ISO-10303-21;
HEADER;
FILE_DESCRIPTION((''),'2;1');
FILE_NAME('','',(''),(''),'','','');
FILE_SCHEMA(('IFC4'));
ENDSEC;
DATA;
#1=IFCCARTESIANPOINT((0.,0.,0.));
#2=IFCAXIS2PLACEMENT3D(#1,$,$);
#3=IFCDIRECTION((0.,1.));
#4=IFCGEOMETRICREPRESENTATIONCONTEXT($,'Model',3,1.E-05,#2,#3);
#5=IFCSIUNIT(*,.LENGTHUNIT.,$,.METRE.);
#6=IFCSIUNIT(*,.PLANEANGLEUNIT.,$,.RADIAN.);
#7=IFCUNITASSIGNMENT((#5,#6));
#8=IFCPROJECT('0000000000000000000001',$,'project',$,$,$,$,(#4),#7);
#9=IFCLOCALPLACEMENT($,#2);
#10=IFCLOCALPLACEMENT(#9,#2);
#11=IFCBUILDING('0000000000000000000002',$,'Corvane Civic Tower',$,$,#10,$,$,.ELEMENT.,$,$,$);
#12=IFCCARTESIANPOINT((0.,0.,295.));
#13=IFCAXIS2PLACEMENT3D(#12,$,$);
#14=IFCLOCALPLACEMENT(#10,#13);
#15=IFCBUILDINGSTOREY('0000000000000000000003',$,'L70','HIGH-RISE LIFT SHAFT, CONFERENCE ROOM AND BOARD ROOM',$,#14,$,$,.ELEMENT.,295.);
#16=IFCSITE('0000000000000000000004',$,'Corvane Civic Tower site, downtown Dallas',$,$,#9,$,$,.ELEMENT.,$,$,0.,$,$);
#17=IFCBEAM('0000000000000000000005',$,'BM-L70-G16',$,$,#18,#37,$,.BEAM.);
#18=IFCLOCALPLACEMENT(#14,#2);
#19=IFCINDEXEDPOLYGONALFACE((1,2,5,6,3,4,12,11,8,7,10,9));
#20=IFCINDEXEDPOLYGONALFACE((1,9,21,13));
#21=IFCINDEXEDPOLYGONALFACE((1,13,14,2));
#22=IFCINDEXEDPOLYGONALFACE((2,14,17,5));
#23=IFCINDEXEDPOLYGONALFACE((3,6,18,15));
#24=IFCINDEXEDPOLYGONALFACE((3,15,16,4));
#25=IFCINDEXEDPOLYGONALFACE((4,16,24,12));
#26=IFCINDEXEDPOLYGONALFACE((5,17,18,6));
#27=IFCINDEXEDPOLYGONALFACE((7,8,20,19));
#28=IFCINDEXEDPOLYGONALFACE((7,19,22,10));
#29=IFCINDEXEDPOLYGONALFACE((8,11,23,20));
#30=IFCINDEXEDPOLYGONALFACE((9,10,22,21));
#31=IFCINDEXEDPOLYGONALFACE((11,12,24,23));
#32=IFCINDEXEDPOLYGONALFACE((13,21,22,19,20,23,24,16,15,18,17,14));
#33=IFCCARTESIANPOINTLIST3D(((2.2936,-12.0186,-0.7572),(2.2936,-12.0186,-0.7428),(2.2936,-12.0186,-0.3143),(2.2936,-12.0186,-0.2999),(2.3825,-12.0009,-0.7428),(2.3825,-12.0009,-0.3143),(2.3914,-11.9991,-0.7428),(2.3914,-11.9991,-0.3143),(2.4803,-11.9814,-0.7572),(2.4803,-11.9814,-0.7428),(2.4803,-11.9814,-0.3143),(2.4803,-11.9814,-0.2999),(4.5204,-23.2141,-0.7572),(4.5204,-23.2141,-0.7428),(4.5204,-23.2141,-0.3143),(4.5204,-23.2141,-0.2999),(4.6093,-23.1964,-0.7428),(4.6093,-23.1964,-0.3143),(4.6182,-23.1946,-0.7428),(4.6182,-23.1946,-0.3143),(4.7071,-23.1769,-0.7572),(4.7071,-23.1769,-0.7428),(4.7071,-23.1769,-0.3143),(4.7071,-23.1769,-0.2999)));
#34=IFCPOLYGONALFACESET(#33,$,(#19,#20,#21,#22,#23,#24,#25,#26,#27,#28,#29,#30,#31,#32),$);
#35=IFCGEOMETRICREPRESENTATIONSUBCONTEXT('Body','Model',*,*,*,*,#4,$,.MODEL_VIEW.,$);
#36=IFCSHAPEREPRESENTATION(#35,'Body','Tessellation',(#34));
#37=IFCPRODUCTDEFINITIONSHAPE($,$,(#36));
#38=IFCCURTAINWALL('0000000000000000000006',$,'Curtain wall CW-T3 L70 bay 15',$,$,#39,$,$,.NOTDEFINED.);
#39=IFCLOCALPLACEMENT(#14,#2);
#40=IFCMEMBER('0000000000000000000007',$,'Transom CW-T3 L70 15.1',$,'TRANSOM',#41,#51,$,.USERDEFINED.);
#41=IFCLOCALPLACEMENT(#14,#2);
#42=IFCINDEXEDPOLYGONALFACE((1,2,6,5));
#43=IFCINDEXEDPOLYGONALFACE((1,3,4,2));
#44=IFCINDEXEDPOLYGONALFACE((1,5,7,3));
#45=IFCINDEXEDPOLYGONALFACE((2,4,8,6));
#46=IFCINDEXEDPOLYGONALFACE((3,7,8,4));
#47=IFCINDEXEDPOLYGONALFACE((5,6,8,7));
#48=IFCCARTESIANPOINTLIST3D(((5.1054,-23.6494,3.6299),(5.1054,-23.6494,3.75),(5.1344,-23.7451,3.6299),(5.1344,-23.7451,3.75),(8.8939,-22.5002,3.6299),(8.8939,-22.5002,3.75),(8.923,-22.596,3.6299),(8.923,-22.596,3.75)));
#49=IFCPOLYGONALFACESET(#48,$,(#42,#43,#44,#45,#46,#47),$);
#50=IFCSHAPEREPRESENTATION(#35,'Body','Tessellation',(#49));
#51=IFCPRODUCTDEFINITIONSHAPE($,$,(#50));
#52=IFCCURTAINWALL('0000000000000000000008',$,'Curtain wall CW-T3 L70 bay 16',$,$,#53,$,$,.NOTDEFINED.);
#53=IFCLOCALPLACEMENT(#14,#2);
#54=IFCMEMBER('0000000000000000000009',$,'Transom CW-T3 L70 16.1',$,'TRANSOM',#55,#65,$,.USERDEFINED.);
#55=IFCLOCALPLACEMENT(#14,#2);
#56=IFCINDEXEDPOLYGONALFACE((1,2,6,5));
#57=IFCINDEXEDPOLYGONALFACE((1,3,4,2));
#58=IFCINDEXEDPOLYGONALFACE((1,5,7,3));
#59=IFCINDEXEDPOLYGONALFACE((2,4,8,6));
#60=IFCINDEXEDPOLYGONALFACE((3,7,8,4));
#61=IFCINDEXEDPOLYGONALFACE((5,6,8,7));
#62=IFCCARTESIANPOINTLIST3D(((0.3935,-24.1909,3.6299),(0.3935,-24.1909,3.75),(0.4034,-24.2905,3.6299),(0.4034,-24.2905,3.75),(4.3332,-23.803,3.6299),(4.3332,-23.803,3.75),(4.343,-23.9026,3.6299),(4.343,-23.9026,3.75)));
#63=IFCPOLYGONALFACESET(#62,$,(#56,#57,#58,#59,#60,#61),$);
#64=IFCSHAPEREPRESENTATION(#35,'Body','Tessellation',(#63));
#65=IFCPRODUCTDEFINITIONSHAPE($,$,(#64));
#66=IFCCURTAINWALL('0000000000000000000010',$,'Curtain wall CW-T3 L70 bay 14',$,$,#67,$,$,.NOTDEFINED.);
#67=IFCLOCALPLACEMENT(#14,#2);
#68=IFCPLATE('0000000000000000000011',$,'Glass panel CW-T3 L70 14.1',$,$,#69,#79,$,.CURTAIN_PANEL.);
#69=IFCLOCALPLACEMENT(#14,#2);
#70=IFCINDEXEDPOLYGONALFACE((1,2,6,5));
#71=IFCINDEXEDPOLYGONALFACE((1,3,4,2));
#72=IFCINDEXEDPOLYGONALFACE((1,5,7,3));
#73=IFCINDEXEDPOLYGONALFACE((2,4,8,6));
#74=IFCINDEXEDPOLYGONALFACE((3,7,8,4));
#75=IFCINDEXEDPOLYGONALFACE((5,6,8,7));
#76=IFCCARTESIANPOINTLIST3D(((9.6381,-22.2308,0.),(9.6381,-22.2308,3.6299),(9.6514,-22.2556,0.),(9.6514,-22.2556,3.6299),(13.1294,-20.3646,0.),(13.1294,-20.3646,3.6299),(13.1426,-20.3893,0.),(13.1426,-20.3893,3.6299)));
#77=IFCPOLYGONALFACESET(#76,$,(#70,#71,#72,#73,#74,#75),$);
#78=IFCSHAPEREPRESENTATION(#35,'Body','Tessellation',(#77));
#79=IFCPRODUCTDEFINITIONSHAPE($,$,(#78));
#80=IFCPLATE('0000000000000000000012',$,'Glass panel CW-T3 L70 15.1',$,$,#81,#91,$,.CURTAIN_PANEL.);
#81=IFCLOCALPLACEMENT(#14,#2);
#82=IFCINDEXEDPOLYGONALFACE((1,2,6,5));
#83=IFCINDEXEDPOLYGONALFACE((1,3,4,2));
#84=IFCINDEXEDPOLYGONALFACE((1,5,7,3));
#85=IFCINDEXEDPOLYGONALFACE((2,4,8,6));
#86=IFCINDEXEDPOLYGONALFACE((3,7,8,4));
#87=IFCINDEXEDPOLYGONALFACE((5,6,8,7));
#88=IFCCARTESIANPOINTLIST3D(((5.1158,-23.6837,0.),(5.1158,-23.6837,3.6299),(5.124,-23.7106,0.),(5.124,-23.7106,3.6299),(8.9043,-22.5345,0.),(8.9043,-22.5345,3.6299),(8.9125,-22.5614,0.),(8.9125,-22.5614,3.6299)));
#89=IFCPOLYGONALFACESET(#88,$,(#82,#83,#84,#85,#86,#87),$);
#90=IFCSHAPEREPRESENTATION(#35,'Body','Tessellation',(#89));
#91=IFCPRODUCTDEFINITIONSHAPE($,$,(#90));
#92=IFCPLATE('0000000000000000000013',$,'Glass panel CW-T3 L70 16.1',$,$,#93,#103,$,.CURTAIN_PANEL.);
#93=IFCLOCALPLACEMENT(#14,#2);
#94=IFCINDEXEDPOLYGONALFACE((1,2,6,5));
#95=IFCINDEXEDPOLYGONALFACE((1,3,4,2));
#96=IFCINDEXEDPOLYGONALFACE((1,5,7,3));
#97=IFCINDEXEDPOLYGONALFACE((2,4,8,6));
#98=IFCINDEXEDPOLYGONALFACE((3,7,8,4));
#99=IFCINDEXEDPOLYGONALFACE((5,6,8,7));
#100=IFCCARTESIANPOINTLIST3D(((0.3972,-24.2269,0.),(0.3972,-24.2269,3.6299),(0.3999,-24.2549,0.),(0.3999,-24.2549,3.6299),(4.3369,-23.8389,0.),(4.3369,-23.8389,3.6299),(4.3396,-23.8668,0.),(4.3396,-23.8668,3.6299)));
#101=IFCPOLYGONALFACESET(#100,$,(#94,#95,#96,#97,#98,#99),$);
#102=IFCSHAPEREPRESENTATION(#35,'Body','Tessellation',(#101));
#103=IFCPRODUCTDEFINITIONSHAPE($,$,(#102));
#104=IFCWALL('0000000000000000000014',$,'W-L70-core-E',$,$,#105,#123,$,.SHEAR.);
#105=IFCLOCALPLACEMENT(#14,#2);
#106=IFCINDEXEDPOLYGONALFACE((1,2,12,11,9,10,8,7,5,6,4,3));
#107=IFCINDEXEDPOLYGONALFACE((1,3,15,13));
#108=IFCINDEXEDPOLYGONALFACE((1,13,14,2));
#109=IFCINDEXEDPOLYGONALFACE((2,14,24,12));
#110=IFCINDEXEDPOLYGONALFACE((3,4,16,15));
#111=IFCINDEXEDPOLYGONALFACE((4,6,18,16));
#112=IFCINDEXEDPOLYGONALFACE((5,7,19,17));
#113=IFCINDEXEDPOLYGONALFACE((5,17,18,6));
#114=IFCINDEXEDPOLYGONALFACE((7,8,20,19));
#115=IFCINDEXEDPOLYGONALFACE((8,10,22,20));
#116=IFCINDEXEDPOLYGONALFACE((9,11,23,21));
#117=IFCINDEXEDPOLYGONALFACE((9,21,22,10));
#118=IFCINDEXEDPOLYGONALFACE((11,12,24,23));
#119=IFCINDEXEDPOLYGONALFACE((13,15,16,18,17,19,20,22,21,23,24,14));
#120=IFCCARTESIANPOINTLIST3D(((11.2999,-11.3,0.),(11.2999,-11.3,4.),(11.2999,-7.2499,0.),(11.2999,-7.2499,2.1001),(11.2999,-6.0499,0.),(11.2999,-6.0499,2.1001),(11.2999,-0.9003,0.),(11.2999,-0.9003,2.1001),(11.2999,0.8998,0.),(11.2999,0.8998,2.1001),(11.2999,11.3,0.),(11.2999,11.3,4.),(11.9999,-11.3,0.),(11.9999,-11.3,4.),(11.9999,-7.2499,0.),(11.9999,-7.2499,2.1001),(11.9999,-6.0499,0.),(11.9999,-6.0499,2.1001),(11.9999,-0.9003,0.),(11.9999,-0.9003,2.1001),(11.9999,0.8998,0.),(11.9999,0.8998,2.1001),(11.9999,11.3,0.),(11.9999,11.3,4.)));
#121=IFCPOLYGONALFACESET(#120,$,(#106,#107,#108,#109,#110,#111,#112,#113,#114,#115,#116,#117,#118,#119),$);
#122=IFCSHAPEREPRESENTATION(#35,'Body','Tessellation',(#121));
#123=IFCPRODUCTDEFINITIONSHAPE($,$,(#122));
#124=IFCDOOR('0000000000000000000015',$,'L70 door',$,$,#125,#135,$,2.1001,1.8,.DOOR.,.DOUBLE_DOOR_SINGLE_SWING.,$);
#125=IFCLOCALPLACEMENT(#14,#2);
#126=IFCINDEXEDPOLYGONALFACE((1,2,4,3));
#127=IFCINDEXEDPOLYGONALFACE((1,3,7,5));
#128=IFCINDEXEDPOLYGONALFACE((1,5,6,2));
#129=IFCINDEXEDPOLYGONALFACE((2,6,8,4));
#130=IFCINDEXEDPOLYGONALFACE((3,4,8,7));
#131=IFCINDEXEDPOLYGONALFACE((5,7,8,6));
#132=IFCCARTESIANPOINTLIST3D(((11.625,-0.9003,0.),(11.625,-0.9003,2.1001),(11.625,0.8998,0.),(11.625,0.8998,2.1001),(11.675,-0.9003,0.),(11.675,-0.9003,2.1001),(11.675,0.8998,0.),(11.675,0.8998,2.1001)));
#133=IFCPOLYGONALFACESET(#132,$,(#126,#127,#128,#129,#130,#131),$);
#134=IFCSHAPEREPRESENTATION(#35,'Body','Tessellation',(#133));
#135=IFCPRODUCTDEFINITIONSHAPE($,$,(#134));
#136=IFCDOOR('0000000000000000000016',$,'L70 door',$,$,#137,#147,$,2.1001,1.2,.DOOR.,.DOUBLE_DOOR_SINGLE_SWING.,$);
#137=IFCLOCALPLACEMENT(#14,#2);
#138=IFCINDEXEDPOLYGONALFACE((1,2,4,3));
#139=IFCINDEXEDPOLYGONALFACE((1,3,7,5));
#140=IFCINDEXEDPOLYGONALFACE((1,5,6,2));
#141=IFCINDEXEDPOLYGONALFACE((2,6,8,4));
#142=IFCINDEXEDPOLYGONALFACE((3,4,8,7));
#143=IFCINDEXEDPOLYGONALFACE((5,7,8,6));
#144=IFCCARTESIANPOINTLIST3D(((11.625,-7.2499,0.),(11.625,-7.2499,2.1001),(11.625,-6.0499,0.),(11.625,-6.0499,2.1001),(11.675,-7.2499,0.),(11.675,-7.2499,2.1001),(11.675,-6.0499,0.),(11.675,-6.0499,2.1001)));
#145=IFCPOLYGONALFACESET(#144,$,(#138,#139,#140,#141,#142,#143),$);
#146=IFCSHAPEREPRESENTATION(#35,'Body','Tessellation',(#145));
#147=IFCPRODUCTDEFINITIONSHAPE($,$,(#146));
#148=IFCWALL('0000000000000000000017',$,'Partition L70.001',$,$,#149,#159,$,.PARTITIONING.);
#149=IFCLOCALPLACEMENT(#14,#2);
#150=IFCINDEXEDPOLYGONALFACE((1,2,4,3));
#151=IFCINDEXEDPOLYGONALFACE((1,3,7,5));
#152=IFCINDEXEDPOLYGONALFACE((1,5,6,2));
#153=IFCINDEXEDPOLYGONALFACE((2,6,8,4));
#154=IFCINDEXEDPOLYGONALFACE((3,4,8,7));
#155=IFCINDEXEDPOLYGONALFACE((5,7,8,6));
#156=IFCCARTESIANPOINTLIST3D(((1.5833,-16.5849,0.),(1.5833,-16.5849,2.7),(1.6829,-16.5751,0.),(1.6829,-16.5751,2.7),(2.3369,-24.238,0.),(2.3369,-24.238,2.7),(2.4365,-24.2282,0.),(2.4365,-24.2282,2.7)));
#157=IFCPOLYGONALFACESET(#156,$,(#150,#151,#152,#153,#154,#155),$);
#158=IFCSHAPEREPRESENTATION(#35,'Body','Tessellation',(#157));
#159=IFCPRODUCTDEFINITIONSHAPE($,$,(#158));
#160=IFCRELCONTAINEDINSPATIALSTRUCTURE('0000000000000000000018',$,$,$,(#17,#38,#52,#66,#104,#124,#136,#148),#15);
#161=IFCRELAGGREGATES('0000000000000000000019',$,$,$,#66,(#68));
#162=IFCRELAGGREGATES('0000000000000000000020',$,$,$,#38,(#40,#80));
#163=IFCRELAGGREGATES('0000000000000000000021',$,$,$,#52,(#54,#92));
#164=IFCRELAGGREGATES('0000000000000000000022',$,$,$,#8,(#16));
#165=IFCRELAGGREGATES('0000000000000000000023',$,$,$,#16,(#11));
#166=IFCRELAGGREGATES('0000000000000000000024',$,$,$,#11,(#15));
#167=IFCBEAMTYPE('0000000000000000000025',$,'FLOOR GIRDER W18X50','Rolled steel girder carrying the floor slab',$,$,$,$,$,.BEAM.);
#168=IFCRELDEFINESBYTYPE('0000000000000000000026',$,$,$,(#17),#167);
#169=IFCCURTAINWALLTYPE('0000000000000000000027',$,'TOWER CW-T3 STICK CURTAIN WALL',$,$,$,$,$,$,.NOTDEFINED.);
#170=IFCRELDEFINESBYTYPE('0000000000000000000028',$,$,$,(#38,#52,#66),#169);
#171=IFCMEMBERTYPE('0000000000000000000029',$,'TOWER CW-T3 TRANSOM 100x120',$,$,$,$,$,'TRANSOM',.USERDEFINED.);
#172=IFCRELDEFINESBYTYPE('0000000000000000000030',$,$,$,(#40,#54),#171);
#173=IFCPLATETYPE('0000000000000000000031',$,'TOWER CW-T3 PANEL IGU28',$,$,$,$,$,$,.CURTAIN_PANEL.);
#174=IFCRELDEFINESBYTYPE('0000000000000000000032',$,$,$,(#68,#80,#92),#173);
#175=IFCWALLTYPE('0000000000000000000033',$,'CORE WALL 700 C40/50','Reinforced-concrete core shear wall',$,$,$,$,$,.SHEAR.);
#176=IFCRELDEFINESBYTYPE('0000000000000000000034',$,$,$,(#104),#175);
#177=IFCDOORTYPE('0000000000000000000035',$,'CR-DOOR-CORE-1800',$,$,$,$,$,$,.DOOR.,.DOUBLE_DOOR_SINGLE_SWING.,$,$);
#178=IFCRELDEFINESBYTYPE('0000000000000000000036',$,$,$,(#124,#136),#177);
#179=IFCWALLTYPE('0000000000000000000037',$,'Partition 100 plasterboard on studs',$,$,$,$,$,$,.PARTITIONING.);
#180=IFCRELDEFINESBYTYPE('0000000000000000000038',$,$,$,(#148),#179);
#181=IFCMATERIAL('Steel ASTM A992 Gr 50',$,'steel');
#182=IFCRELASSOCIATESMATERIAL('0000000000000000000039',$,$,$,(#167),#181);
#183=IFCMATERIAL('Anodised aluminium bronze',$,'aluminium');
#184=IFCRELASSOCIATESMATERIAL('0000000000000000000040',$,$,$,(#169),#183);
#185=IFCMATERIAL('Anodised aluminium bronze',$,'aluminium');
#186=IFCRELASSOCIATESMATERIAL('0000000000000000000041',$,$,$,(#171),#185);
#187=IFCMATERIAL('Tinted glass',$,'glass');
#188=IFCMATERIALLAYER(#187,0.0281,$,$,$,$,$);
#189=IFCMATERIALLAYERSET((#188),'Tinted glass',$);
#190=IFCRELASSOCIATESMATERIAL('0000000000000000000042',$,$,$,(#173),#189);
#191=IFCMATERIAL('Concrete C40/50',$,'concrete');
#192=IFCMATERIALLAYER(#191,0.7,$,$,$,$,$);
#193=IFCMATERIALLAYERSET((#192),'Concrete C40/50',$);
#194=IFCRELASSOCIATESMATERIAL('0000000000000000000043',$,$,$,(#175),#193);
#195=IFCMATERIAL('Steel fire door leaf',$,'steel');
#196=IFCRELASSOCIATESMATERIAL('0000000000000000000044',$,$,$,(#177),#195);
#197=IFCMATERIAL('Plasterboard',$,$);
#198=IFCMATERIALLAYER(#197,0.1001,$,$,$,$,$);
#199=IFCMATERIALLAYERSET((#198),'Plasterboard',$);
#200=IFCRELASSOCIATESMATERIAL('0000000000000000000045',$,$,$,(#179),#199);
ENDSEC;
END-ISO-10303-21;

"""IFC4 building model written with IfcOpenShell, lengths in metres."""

from ifc_helpers import new_model, si_unit, direction, frame, frame_2d, origin, origin_2d, place, context, subcontext, project, spatial, rectangle, i_section, extrude, material, layer, layer_set, material_profile, profile_set, type_object, element, fill, aggregate, save


model = new_model("IFC4")

# Units and contexts
model_context = context("Model", 3, precision=1e-05, world=origin(), true_north=direction((0.0, 1.0)))
body_context = subcontext(model_context, "Body", "Model", "MODEL_VIEW")
ifc_project = project(units=[si_unit("LENGTHUNIT", "METRE"), si_unit("PLANEANGLEUNIT", "RADIAN")], contexts=[model_context])

# Site, building, storey
site_placement = place(None, origin())
site = spatial("IfcSite", under=ifc_project, at=site_placement, Name="Corvane Civic Tower site, downtown Dallas", CompositionType="ELEMENT", RefElevation=0.0)
building_placement = place(site_placement, origin())
building = spatial("IfcBuilding", under=site, at=building_placement, Name="Corvane Civic Tower", CompositionType="ELEMENT")
storey_placement = place(building_placement, frame((0.0, 0.0, 295.0)))
storey = spatial("IfcBuildingStorey", under=building, at=storey_placement, Name="L70", Description="HIGH-RISE LIFT SHAFT, CONFERENCE ROOM AND BOARD ROOM", CompositionType="ELEMENT", Elevation=295.0)

# Beam
ifc_material_1 = material(Name="Steel ASTM A992 Gr 50", Category="steel")
ifc_material_profile_1 = material_profile(ifc_material_1, i_section(OverallWidth=0.1904, OverallDepth=0.4573, WebThickness=0.009, FlangeThickness=0.0144, at=origin_2d()), Name="W18X50")
ifc_profile_set_1 = profile_set([ifc_material_profile_1], Name="Steel ASTM A992 Gr 50")
beam_type_1 = type_object("IfcBeamType", Name="FLOOR GIRDER W18X50", Description="Rolled steel girder carrying the floor slab", PredefinedType="BEAM", material=ifc_profile_set_1)
beam_1_placement = place(storey_placement, frame((2.387, -12.0, -0.5286), z_axis=(0.19508, -0.980787, 0.0), x_axis=(0.980787, 0.19508, 0.0)))
element("IfcBeam", 1, at=beam_1_placement, inside=storey, type_object=beam_type_1, Name="BM-L70-G16", PredefinedType="BEAM", context=body_context, shape_type="SweptSolid", body=[
    extrude(i_section(OverallWidth=0.1904, OverallDepth=0.4573, WebThickness=0.009, FlangeThickness=0.0144, at=origin_2d()), origin(), (0.0, 0.0, 1.0), 11.4148),
])

# Curtain walls, members
ifc_material_2 = material(Name="Anodised aluminium bronze", Category="aluminium")
curtain_wall_type = type_object("IfcCurtainWallType", Name="TOWER CW-T3 STICK CURTAIN WALL", PredefinedType="NOTDEFINED", material=ifc_material_2)
curtain_wall_1_placement = place(storey_placement, origin())
curtain_wall_1 = element("IfcCurtainWall", 2, at=curtain_wall_1_placement, inside=storey, type_object=curtain_wall_type, Name="Curtain wall CW-T3 L70 bay 15", PredefinedType="NOTDEFINED")
ifc_material_3 = material(Name="Anodised aluminium bronze", Category="aluminium")
ifc_material_profile_2 = material_profile(ifc_material_3, rectangle(XDim=0.1001, YDim=0.1201, at=origin_2d()), Name="TOWER CW-T3 TRANSOM 100x120")
ifc_profile_set_2 = profile_set([ifc_material_profile_2], Name="Anodised aluminium bronze")
member_type = type_object("IfcMemberType", Name="TOWER CW-T3 TRANSOM 100x120", ElementType="TRANSOM", PredefinedType="USERDEFINED", material=ifc_profile_set_2)
member_1_placement = place(storey_placement, frame((8.9084, -22.5481, 3.6899), z_axis=(-0.956946, -0.290266, 0.0), x_axis=(0.290266, -0.956946, 0.0)))
member_1 = element("IfcMember", 3, at=member_1_placement, type_object=member_type, Name="Transom CW-T3 L70 15.1", ObjectType="TRANSOM", PredefinedType="USERDEFINED", context=body_context, shape_type="SweptSolid", body=[
    extrude(rectangle(XDim=0.1001, YDim=0.1201, at=origin_2d()), origin(), (0.0, 0.0, 1.0), 3.959),
])
curtain_wall_2_placement = place(storey_placement, origin())
curtain_wall_2 = element("IfcCurtainWall", 4, at=curtain_wall_2_placement, inside=storey, type_object=curtain_wall_type, Name="Curtain wall CW-T3 L70 bay 16", PredefinedType="NOTDEFINED")
member_2_placement = place(storey_placement, frame((4.3381, -23.8528, 3.6899), z_axis=(-0.995187, -0.097995, 0.0), x_axis=(0.097995, -0.995187, 0.0)))
member_2 = element("IfcMember", 5, at=member_2_placement, type_object=member_type, Name="Transom CW-T3 L70 16.1", ObjectType="TRANSOM", PredefinedType="USERDEFINED", context=body_context, shape_type="SweptSolid", body=[
    extrude(rectangle(XDim=0.1001, YDim=0.1201, at=origin_2d()), origin(), (0.0, 0.0, 1.0), 3.9587),
])

# Curtain wall, plate
curtain_wall_3_placement = place(storey_placement, origin())
curtain_wall_3 = element("IfcCurtainWall", 6, at=curtain_wall_3_placement, inside=storey, type_object=curtain_wall_type, Name="Curtain wall CW-T3 L70 bay 14", PredefinedType="NOTDEFINED")
ifc_material_4 = material(Name="Tinted glass", Category="glass")
ifc_layer_1 = layer(ifc_material_4, 0.0281)
ifc_layer_set_1 = layer_set([ifc_layer_1], Name="Tinted glass")
plate_type = type_object("IfcPlateType", Name="TOWER CW-T3 PANEL IGU28", PredefinedType="CURTAIN_PANEL", material=ifc_layer_set_1)
plate_1_placement = place(storey_placement, frame((11.3904, -21.3101, 0.0), z_axis=(0.0, 0.0, 1.0), x_axis=(-0.881908, -0.471421, 0.0)))
plate_1 = element("IfcPlate", 7, at=plate_1_placement, type_object=plate_type, Name="Glass panel CW-T3 L70 14.1", PredefinedType="CURTAIN_PANEL", context=body_context, shape_type="SweptSolid", body=[
    extrude(rectangle(XDim=3.9587, YDim=0.0281, at=origin_2d()), origin(), (0.0, 0.0, 1.0), 3.6299),
])
aggregate(curtain_wall_3, [plate_1])

# Plates
plate_2_placement = place(storey_placement, frame((7.0142, -23.1226, 0.0), z_axis=(0.0, 0.0, 1.0), x_axis=(-0.956944, -0.290274, 0.0)))
plate_2 = element("IfcPlate", 8, at=plate_2_placement, type_object=plate_type, Name="Glass panel CW-T3 L70 15.1", PredefinedType="CURTAIN_PANEL", context=body_context, shape_type="SweptSolid", body=[
    extrude(rectangle(XDim=3.959, YDim=0.0281, at=origin_2d()), origin(), (0.0, 0.0, 1.0), 3.6299),
])
aggregate(curtain_wall_1, [member_1, plate_2])
plate_3_placement = place(storey_placement, frame((2.3684, -24.0469, 0.0), z_axis=(0.0, 0.0, 1.0), x_axis=(-0.995184, -0.098021, 0.0)))
plate_3 = element("IfcPlate", 9, at=plate_3_placement, type_object=plate_type, Name="Glass panel CW-T3 L70 16.1", PredefinedType="CURTAIN_PANEL", context=body_context, shape_type="SweptSolid", body=[
    extrude(rectangle(XDim=3.9587, YDim=0.0281, at=origin_2d()), origin(), (0.0, 0.0, 1.0), 3.6299),
])
aggregate(curtain_wall_2, [member_2, plate_3])

# Wall, openings, doors
ifc_material_5 = material(Name="Concrete C40/50", Category="concrete")
ifc_layer_2 = layer(ifc_material_5, 0.7)
ifc_layer_set_2 = layer_set([ifc_layer_2], Name="Concrete C40/50")
wall_type_1 = type_object("IfcWallType", Name="CORE WALL 700 C40/50", Description="Reinforced-concrete core shear wall", PredefinedType="SHEAR", material=ifc_layer_set_2)
wall_1_placement = place(storey_placement, frame((11.6499, -11.3, 0.0), z_axis=(0.0, 0.0, 1.0), x_axis=(0.0, 1.0, 0.0)))
wall_1 = element("IfcWall", 10, at=wall_1_placement, inside=storey, type_object=wall_type_1, Name="W-L70-core-E", PredefinedType="SHEAR", context=body_context, shape_type="SweptSolid", body=[
    extrude(rectangle(XDim=22.6001, YDim=0.7, at=frame_2d((11.3, 0.0))), origin(), (0.0, 0.0, 1.0), 4.0),
])
opening_1_placement = place(wall_1_placement, frame((10.3999, 0.0, 0.0)))
opening_1 = element("IfcOpeningElement", 11, at=opening_1_placement, cuts=wall_1, PredefinedType="OPENING", context=body_context, shape_type="SweptSolid", body=[
    extrude(rectangle(XDim=1.8, YDim=2.1001, at=frame_2d((0.8999, 1.05))), frame((0.0, 0.3599, 0.0), z_axis=(0.0, -1.0, 0.0), x_axis=(1.0, 0.0, 0.0)), (0.0, 0.0, 1.0), 0.72),
])
opening_2_placement = place(wall_1_placement, frame((4.05, 0.0, 0.0)))
opening_2 = element("IfcOpeningElement", 12, at=opening_2_placement, cuts=wall_1, PredefinedType="OPENING", context=body_context, shape_type="SweptSolid", body=[
    extrude(rectangle(XDim=1.2, YDim=2.1001, at=frame_2d((0.6001, 1.05))), frame((0.0, 0.3599, 0.0), z_axis=(0.0, -1.0, 0.0), x_axis=(1.0, 0.0, 0.0)), (0.0, 0.0, 1.0), 0.72),
])
ifc_material_6 = material(Name="Steel fire door leaf", Category="steel")
door_type = type_object("IfcDoorType", Name="CR-DOOR-CORE-1800", OperationType="DOUBLE_DOOR_SINGLE_SWING", PredefinedType="DOOR", material=ifc_material_6)
door_1_placement = place(opening_1_placement, origin())
door_1 = element("IfcDoor", 13, at=door_1_placement, inside=storey, type_object=door_type, Name="L70 door", OperationType="DOUBLE_DOOR_SINGLE_SWING", OverallHeight=2.1001, OverallWidth=1.8, PredefinedType="DOOR", context=body_context, shape_type="SweptSolid", body=[
    extrude(rectangle(XDim=1.8, YDim=2.1001, at=frame_2d((0.8999, 1.05))), frame((0.0, 0.0249, 0.0), z_axis=(0.0, -1.0, 0.0), x_axis=(1.0, 0.0, 0.0)), (0.0, 0.0, 1.0), 0.05),
])
fill(opening_1, door_1)
door_2_placement = place(opening_2_placement, origin())
door_2 = element("IfcDoor", 14, at=door_2_placement, inside=storey, type_object=door_type, Name="L70 door", OperationType="DOUBLE_DOOR_SINGLE_SWING", OverallHeight=2.1001, OverallWidth=1.2, PredefinedType="DOOR", context=body_context, shape_type="SweptSolid", body=[
    extrude(rectangle(XDim=1.2, YDim=2.1001, at=frame_2d((0.6001, 1.05))), frame((0.0, 0.0249, 0.0), z_axis=(0.0, -1.0, 0.0), x_axis=(1.0, 0.0, 0.0)), (0.0, 0.0, 1.0), 0.05),
])
fill(opening_2, door_2)

# Wall
ifc_material_7 = material(Name="Plasterboard")
ifc_layer_3 = layer(ifc_material_7, 0.1001)
ifc_layer_set_3 = layer_set([ifc_layer_3], Name="Plasterboard")
wall_type_2 = type_object("IfcWallType", Name="Partition 100 plasterboard on studs", PredefinedType="PARTITIONING", material=ifc_layer_set_3)
wall_2_placement = place(storey_placement, frame((1.6331, -16.5798, 0.0), z_axis=(0.0, 0.0, 1.0), x_axis=(0.098004, -0.995186, 0.0)))
element("IfcWall", 15, at=wall_2_placement, inside=storey, type_object=wall_type_2, Name="Partition L70.001", PredefinedType="PARTITIONING", context=body_context, shape_type="SweptSolid", body=[
    extrude(rectangle(XDim=7.6902, YDim=0.1001, at=frame_2d((3.8452, 0.0))), origin(), (0.0, 0.0, 1.0), 2.7),
])

save(model, "model.ifc")
